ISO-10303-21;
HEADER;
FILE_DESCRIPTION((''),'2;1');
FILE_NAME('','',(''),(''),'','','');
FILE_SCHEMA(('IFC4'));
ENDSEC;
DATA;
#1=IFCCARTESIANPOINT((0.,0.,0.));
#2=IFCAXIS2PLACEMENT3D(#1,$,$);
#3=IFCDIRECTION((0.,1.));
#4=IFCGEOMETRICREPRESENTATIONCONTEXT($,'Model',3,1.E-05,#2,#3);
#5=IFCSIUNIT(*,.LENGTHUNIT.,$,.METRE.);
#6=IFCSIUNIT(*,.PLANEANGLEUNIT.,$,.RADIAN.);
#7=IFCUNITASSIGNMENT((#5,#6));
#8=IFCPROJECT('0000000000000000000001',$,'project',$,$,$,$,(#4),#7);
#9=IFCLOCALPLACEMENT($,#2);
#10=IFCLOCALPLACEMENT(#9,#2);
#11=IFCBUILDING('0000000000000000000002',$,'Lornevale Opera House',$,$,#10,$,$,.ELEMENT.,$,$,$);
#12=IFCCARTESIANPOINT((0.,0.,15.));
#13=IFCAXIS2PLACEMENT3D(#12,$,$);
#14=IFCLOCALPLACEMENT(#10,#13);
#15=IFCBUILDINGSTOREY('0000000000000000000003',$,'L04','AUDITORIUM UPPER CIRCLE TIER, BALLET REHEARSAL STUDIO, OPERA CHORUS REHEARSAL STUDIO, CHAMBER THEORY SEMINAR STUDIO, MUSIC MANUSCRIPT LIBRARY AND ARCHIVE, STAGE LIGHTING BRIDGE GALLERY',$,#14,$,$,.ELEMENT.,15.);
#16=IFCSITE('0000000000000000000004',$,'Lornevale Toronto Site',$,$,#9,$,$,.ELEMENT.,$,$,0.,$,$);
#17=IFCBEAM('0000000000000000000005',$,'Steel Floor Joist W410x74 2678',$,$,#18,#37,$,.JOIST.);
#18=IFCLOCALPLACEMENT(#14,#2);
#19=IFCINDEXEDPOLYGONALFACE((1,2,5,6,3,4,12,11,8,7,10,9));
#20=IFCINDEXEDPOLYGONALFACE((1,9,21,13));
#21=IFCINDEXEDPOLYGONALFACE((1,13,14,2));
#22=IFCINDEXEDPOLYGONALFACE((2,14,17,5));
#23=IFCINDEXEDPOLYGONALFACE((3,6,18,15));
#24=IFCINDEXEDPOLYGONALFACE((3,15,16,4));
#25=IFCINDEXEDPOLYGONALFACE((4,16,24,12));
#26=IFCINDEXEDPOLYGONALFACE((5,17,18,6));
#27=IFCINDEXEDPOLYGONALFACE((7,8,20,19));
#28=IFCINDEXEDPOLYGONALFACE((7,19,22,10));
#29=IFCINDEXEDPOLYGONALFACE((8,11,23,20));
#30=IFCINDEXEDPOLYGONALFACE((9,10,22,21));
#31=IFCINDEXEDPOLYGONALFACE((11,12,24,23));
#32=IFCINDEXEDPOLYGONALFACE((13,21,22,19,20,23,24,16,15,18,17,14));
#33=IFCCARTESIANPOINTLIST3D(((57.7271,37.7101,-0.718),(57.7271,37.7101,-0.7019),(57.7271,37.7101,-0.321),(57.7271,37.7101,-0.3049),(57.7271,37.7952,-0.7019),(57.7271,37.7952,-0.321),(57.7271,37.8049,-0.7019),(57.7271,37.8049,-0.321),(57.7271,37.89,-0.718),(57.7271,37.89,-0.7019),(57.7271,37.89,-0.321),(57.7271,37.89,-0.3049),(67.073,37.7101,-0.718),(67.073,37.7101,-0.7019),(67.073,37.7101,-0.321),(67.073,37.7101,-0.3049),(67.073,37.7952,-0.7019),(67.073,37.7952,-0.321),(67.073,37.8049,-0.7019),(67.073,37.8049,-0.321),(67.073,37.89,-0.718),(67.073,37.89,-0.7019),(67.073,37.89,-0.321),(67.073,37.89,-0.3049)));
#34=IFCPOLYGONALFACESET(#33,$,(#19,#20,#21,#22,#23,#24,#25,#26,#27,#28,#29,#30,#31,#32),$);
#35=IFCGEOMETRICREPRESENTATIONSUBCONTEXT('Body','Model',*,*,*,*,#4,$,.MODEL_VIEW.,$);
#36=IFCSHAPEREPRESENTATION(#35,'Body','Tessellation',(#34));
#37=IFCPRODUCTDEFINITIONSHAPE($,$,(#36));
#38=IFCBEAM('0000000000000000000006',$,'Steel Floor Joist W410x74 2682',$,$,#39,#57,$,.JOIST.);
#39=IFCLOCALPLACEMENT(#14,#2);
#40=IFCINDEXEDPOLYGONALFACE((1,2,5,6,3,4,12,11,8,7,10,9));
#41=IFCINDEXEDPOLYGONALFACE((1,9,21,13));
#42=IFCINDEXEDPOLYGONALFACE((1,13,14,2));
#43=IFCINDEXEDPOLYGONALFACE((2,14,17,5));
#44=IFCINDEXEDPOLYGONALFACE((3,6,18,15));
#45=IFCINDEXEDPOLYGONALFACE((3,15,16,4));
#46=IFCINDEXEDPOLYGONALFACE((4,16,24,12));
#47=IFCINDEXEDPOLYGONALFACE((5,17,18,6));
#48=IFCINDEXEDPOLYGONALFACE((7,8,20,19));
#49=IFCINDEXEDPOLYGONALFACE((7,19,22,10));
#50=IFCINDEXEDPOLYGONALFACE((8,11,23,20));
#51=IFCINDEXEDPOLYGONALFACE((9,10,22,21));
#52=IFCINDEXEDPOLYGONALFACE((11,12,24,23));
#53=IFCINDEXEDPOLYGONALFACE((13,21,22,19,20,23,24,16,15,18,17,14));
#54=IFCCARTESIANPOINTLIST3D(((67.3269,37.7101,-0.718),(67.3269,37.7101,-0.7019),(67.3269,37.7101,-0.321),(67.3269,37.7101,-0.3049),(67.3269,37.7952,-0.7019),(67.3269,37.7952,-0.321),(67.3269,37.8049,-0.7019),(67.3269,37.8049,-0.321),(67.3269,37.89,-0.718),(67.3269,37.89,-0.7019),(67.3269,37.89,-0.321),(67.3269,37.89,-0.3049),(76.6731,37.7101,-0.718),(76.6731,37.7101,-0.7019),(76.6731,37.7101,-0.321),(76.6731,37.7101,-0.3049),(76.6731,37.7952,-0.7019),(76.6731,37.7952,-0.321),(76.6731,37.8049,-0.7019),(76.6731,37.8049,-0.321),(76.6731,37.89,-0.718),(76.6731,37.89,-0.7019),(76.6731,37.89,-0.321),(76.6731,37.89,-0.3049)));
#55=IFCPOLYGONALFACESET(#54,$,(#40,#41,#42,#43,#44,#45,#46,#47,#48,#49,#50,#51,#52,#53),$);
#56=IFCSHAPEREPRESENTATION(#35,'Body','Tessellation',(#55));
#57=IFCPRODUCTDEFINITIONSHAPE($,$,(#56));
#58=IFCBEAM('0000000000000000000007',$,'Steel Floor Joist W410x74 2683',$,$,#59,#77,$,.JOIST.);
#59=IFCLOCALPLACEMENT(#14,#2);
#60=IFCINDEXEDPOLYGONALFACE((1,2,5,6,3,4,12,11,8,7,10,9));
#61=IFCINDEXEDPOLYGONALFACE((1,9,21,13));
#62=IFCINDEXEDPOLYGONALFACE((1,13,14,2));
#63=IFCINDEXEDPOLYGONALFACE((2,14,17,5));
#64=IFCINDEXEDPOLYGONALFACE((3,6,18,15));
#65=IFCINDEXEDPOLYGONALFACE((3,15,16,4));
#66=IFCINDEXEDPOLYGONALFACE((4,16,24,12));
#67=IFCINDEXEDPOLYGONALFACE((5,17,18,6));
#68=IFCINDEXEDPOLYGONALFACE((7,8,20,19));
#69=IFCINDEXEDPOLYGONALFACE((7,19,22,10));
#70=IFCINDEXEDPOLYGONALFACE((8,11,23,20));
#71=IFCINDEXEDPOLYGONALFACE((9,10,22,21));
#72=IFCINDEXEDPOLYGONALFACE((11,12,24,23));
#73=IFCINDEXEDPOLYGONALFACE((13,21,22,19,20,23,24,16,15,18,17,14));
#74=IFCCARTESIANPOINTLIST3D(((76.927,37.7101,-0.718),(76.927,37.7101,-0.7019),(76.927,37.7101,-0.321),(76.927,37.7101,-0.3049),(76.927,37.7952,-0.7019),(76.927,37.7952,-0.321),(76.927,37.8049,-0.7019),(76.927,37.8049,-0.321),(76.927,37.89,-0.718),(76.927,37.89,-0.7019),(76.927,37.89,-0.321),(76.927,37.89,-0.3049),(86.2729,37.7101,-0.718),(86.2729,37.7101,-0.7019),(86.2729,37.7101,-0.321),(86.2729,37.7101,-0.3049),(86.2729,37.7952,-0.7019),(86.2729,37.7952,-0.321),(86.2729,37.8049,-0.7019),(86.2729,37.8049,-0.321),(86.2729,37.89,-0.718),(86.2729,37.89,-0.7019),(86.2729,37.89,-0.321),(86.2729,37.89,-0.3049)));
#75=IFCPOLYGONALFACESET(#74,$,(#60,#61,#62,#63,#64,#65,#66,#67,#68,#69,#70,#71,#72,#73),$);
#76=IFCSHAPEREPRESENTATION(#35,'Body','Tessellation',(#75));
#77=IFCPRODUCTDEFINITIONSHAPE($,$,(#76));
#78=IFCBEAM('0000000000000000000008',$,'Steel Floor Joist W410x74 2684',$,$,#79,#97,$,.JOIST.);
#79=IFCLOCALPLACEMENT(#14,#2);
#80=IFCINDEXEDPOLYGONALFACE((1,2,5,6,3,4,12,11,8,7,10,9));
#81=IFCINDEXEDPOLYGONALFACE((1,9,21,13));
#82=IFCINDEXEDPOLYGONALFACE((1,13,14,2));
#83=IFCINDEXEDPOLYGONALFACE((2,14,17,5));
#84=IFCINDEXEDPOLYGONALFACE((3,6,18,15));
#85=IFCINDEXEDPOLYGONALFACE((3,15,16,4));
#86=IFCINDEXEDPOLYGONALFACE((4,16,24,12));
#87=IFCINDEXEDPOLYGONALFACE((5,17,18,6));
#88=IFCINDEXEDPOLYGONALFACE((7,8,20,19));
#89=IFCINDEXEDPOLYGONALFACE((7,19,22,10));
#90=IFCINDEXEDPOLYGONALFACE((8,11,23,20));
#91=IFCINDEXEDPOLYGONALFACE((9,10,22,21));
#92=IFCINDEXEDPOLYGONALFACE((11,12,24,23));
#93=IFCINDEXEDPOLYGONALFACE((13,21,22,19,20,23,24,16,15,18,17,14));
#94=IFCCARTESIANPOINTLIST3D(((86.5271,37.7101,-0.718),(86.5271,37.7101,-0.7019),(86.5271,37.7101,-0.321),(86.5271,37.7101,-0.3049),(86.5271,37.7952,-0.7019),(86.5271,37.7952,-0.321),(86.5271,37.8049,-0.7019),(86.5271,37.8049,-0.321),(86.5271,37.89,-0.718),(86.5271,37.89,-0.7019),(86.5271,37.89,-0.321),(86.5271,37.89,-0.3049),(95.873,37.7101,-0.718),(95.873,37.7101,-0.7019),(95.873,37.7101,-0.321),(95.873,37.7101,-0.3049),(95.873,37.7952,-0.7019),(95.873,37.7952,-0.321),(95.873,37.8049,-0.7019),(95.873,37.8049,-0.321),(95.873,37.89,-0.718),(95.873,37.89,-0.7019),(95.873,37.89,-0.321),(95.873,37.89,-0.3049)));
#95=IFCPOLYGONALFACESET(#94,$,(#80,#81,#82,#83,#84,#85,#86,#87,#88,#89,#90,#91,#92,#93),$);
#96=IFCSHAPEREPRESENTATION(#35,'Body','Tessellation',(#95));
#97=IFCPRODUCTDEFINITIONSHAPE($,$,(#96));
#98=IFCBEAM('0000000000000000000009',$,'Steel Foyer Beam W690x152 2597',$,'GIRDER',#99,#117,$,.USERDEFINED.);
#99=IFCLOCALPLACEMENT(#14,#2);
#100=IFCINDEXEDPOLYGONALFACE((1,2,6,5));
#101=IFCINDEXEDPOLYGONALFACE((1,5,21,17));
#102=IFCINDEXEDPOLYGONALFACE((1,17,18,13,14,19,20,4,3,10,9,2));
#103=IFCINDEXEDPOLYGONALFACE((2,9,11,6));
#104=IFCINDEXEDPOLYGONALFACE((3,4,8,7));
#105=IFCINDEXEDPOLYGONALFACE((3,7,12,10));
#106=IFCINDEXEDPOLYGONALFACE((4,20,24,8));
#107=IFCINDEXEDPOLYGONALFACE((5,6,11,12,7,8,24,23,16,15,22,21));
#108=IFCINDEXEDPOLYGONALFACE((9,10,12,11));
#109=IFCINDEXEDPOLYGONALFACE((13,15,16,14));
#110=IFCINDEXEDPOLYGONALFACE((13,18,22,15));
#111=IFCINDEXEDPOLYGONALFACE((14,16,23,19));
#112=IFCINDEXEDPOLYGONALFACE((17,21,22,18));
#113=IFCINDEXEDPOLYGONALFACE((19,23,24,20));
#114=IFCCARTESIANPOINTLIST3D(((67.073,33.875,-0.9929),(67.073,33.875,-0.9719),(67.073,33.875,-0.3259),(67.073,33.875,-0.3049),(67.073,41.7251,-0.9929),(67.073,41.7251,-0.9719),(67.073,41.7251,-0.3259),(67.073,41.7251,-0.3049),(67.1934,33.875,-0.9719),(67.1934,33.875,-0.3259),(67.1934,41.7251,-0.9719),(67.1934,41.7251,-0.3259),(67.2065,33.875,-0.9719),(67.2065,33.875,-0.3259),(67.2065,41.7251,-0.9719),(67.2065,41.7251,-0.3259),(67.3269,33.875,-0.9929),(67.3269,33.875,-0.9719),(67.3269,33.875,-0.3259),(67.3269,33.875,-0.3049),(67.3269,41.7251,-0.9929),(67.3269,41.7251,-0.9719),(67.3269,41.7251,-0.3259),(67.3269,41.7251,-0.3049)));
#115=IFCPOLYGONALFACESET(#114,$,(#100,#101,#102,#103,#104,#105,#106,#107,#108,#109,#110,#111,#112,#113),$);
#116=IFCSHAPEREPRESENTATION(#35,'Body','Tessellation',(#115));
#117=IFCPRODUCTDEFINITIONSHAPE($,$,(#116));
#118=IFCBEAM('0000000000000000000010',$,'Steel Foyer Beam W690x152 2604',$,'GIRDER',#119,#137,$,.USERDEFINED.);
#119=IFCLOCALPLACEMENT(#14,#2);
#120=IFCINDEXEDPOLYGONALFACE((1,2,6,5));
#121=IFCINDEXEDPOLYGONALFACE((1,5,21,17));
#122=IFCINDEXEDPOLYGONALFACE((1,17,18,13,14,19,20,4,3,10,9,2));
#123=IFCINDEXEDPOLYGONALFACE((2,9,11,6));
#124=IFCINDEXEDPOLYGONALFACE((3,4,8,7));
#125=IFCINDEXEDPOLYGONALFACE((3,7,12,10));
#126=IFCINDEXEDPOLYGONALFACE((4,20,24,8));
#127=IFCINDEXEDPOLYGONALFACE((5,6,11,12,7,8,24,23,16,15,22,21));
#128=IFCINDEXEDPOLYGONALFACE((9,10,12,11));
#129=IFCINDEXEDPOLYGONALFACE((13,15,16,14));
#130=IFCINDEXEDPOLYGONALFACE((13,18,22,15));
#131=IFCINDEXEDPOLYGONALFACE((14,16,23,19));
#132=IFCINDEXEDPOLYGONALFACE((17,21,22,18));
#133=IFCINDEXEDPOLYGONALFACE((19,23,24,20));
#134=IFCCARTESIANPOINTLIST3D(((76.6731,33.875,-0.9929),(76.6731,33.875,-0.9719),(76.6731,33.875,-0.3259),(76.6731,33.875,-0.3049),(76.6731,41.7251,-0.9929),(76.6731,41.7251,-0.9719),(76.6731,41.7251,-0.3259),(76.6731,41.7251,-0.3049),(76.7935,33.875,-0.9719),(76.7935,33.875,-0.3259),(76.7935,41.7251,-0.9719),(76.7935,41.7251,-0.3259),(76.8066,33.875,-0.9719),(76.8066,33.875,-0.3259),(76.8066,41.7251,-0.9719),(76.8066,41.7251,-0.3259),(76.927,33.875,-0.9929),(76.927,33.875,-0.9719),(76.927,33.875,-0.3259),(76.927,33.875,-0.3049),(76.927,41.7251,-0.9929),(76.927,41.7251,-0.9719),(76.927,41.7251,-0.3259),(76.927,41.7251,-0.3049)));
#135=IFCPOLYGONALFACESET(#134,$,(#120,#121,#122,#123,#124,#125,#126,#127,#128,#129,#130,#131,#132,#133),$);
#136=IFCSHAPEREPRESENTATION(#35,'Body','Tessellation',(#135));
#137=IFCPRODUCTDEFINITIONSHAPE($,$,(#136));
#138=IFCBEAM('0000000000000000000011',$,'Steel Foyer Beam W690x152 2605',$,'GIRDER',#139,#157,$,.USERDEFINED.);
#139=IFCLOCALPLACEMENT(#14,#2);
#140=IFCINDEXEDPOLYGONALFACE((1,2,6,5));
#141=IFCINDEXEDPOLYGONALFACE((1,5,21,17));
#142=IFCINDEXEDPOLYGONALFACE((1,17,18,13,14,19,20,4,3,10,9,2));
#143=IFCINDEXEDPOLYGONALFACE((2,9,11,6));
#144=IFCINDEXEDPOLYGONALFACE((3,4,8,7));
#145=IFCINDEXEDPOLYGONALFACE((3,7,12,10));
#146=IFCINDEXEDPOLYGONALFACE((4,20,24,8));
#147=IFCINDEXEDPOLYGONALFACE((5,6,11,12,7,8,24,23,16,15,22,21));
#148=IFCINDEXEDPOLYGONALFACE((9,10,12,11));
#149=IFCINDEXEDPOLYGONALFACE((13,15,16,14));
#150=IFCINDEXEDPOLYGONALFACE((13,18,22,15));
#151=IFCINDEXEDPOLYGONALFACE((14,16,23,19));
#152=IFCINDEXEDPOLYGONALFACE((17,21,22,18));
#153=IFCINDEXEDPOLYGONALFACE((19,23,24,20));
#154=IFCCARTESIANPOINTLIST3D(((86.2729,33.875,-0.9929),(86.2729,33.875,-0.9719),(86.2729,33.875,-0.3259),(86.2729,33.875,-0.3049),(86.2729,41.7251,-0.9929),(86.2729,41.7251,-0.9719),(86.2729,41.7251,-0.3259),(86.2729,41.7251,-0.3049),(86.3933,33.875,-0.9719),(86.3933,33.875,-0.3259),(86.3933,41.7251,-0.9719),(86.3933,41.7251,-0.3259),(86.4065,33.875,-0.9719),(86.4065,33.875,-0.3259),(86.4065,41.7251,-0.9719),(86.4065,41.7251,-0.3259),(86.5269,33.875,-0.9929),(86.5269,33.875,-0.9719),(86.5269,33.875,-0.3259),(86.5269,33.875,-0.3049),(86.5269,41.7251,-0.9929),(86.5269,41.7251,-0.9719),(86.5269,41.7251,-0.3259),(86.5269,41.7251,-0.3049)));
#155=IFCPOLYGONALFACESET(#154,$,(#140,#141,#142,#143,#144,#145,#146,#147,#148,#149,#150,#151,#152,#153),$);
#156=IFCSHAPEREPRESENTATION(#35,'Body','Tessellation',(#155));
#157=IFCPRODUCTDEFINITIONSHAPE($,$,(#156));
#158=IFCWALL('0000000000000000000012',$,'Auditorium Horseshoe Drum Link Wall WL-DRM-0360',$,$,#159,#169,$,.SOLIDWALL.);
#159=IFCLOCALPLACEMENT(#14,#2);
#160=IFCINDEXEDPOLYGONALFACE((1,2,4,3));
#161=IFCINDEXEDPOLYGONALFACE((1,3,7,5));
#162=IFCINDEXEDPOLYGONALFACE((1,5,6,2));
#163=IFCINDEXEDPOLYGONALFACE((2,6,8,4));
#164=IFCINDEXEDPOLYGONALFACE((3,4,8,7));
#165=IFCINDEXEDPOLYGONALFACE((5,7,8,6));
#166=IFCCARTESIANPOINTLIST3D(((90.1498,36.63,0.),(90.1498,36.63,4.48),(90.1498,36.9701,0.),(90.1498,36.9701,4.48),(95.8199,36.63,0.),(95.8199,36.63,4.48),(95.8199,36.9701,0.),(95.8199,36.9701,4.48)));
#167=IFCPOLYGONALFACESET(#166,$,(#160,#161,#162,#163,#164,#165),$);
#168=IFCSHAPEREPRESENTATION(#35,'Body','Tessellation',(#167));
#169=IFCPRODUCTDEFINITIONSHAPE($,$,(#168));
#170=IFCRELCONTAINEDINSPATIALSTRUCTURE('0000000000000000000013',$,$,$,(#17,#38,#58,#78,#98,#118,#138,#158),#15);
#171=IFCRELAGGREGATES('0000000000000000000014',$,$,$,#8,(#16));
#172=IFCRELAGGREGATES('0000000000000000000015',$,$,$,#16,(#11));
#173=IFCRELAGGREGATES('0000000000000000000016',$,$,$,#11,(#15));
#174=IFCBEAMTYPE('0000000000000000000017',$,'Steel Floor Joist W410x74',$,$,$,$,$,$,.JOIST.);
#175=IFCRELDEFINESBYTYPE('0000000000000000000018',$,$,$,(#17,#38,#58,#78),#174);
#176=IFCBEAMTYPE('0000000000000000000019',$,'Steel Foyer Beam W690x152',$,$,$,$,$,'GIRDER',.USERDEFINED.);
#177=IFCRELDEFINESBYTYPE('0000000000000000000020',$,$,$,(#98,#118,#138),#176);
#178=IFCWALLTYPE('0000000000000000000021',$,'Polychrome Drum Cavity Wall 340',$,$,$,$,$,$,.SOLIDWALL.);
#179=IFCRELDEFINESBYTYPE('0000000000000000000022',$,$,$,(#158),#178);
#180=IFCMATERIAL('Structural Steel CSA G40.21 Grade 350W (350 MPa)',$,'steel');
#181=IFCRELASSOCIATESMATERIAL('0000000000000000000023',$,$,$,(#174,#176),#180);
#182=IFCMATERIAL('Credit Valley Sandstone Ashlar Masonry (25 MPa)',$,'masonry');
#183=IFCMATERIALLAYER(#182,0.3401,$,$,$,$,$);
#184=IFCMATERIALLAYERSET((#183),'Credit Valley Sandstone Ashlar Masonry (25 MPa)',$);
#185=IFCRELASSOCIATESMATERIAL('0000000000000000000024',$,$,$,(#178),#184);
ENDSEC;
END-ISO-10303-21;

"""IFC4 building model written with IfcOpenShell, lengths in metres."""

from ifc_helpers import new_model, si_unit, direction, frame, frame_2d, origin, origin_2d, place, context, subcontext, project, spatial, rectangle, i_section, extrude, material, layer, layer_set, material_profile, profile_set, type_object, element, save


model = new_model("IFC4")

# Units and contexts
model_context = context("Model", 3, precision=1e-05, world=origin(), true_north=direction((0.0, 1.0)))
body_context = subcontext(model_context, "Body", "Model", "MODEL_VIEW")
ifc_project = project(units=[si_unit("LENGTHUNIT", "METRE"), si_unit("PLANEANGLEUNIT", "RADIAN")], contexts=[model_context])

# Site, building, storey
site_placement = place(None, origin())
site = spatial("IfcSite", under=ifc_project, at=site_placement, Name="Lornevale Toronto Site", CompositionType="ELEMENT", RefElevation=0.0)
building_placement = place(site_placement, origin())
building = spatial("IfcBuilding", under=site, at=building_placement, Name="Lornevale Opera House", CompositionType="ELEMENT")
storey_placement = place(building_placement, frame((0.0, 0.0, 15.0)))
storey = spatial("IfcBuildingStorey", under=building, at=storey_placement, Name="L04", Description="AUDITORIUM UPPER CIRCLE TIER, BALLET REHEARSAL STUDIO, OPERA CHORUS REHEARSAL STUDIO, CHAMBER THEORY SEMINAR STUDIO, MUSIC MANUSCRIPT LIBRARY AND ARCHIVE, STAGE LIGHTING BRIDGE GALLERY", CompositionType="ELEMENT", Elevation=15.0)

# Beams
ifc_material_1 = material(Name="Structural Steel CSA G40.21 Grade 350W (350 MPa)", Category="steel")
ifc_material_profile_1 = material_profile(ifc_material_1, i_section(OverallWidth=0.1799, OverallDepth=0.4131, WebThickness=0.0098, FlangeThickness=0.0161, at=origin_2d()), Name="W410x74")
ifc_profile_set_1 = profile_set([ifc_material_profile_1], Name="Structural Steel CSA G40.21 Grade 350W (350 MPa)")
beam_type_1 = type_object("IfcBeamType", Name="Steel Floor Joist W410x74", PredefinedType="JOIST", material=ifc_profile_set_1)
beam_1_placement = place(storey_placement, frame((57.7271, 37.8, -0.5115), z_axis=(1.0, 0.0, 0.0), x_axis=(0.0, 1.0, 0.0)))
element("IfcBeam", 1, at=beam_1_placement, inside=storey, type_object=beam_type_1, Name="Steel Floor Joist W410x74 2678", PredefinedType="JOIST", context=body_context, shape_type="SweptSolid", body=[
    extrude(i_section(OverallWidth=0.1799, OverallDepth=0.4131, WebThickness=0.0098, FlangeThickness=0.0161, at=origin_2d()), origin(), (0.0, 0.0, 1.0), 9.3459),
])
beam_2_placement = place(storey_placement, frame((67.3269, 37.8, -0.5115), z_axis=(1.0, 0.0, 0.0), x_axis=(0.0, 1.0, 0.0)))
element("IfcBeam", 2, at=beam_2_placement, inside=storey, type_object=beam_type_1, Name="Steel Floor Joist W410x74 2682", PredefinedType="JOIST", context=body_context, shape_type="SweptSolid", body=[
    extrude(i_section(OverallWidth=0.1799, OverallDepth=0.4131, WebThickness=0.0098, FlangeThickness=0.0161, at=origin_2d()), origin(), (0.0, 0.0, 1.0), 9.3462),
])
for number, where, z_axis, x_axis, name in (
    (3, (76.927, 37.8, -0.5115), (1.0, 0.0, 0.0), (0.0, 1.0, 0.0), "Steel Floor Joist W410x74 2683"),
    (4, (86.5271, 37.8, -0.5115), (1.0, 0.0, 0.0), (0.0, 1.0, 0.0), "Steel Floor Joist W410x74 2684"),
):
    element("IfcBeam", number, at=place(storey_placement, frame(where, z_axis=z_axis, x_axis=x_axis)), inside=storey, type_object=beam_type_1, Name=name, PredefinedType="JOIST", context=body_context, shape_type="SweptSolid", body=[
        extrude(i_section(OverallWidth=0.1799, OverallDepth=0.4131, WebThickness=0.0098, FlangeThickness=0.0161, at=origin_2d()), origin(), (0.0, 0.0, 1.0), 9.3459),
    ])
ifc_material_profile_2 = material_profile(ifc_material_1, i_section(OverallWidth=0.2539, OverallDepth=0.688, WebThickness=0.0132, FlangeThickness=0.021, at=origin_2d()), Name="W690x152")
ifc_profile_set_2 = profile_set([ifc_material_profile_2], Name="Structural Steel CSA G40.21 Grade 350W (350 MPa)")
beam_type_2 = type_object("IfcBeamType", Name="Steel Foyer Beam W690x152", ElementType="GIRDER", PredefinedType="USERDEFINED", material=ifc_profile_set_2)
for number, where, z_axis, x_axis, name in (
    (5, (67.2, 33.875, -0.6489), (0.0, 1.0, 0.0), (-1.0, 0.0, 0.0), "Steel Foyer Beam W690x152 2597"),
    (6, (76.8, 33.875, -0.6489), (0.0, 1.0, 0.0), (-1.0, 0.0, 0.0), "Steel Foyer Beam W690x152 2604"),
    (7, (86.3999, 33.875, -0.6489), (0.0, 1.0, 0.0), (-1.0, 0.0, 0.0), "Steel Foyer Beam W690x152 2605"),
):
    element("IfcBeam", number, at=place(storey_placement, frame(where, z_axis=z_axis, x_axis=x_axis)), inside=storey, type_object=beam_type_2, Name=name, ObjectType="GIRDER", PredefinedType="USERDEFINED", context=body_context, shape_type="SweptSolid", body=[
        extrude(i_section(OverallWidth=0.2539, OverallDepth=0.688, WebThickness=0.0132, FlangeThickness=0.021, at=origin_2d()), origin(), (0.0, 0.0, 1.0), 7.8501),
    ])

# Wall
ifc_material_2 = material(Name="Credit Valley Sandstone Ashlar Masonry (25 MPa)", Category="masonry")
ifc_layer_1 = layer(ifc_material_2, 0.3401)
ifc_layer_set_1 = layer_set([ifc_layer_1], Name="Credit Valley Sandstone Ashlar Masonry (25 MPa)")
wall_type_1 = type_object("IfcWallType", Name="Polychrome Drum Cavity Wall 340", PredefinedType="SOLIDWALL", material=ifc_layer_set_1)
wall_1_placement = place(storey_placement, frame((90.1499, 36.8, 0.0), z_axis=(0.0, 0.0, 1.0), x_axis=(1.0, 0.0, 0.0)))
element("IfcWall", 8, at=wall_1_placement, inside=storey, type_object=wall_type_1, Name="Auditorium Horseshoe Drum Link Wall WL-DRM-0360", PredefinedType="SOLIDWALL", context=body_context, shape_type="SweptSolid", body=[
    extrude(rectangle(XDim=5.6702, YDim=0.3401, at=frame_2d((2.835, 0.0))), origin(), (0.0, 0.0, 1.0), 4.48),
])

save(model, "model.ifc")
